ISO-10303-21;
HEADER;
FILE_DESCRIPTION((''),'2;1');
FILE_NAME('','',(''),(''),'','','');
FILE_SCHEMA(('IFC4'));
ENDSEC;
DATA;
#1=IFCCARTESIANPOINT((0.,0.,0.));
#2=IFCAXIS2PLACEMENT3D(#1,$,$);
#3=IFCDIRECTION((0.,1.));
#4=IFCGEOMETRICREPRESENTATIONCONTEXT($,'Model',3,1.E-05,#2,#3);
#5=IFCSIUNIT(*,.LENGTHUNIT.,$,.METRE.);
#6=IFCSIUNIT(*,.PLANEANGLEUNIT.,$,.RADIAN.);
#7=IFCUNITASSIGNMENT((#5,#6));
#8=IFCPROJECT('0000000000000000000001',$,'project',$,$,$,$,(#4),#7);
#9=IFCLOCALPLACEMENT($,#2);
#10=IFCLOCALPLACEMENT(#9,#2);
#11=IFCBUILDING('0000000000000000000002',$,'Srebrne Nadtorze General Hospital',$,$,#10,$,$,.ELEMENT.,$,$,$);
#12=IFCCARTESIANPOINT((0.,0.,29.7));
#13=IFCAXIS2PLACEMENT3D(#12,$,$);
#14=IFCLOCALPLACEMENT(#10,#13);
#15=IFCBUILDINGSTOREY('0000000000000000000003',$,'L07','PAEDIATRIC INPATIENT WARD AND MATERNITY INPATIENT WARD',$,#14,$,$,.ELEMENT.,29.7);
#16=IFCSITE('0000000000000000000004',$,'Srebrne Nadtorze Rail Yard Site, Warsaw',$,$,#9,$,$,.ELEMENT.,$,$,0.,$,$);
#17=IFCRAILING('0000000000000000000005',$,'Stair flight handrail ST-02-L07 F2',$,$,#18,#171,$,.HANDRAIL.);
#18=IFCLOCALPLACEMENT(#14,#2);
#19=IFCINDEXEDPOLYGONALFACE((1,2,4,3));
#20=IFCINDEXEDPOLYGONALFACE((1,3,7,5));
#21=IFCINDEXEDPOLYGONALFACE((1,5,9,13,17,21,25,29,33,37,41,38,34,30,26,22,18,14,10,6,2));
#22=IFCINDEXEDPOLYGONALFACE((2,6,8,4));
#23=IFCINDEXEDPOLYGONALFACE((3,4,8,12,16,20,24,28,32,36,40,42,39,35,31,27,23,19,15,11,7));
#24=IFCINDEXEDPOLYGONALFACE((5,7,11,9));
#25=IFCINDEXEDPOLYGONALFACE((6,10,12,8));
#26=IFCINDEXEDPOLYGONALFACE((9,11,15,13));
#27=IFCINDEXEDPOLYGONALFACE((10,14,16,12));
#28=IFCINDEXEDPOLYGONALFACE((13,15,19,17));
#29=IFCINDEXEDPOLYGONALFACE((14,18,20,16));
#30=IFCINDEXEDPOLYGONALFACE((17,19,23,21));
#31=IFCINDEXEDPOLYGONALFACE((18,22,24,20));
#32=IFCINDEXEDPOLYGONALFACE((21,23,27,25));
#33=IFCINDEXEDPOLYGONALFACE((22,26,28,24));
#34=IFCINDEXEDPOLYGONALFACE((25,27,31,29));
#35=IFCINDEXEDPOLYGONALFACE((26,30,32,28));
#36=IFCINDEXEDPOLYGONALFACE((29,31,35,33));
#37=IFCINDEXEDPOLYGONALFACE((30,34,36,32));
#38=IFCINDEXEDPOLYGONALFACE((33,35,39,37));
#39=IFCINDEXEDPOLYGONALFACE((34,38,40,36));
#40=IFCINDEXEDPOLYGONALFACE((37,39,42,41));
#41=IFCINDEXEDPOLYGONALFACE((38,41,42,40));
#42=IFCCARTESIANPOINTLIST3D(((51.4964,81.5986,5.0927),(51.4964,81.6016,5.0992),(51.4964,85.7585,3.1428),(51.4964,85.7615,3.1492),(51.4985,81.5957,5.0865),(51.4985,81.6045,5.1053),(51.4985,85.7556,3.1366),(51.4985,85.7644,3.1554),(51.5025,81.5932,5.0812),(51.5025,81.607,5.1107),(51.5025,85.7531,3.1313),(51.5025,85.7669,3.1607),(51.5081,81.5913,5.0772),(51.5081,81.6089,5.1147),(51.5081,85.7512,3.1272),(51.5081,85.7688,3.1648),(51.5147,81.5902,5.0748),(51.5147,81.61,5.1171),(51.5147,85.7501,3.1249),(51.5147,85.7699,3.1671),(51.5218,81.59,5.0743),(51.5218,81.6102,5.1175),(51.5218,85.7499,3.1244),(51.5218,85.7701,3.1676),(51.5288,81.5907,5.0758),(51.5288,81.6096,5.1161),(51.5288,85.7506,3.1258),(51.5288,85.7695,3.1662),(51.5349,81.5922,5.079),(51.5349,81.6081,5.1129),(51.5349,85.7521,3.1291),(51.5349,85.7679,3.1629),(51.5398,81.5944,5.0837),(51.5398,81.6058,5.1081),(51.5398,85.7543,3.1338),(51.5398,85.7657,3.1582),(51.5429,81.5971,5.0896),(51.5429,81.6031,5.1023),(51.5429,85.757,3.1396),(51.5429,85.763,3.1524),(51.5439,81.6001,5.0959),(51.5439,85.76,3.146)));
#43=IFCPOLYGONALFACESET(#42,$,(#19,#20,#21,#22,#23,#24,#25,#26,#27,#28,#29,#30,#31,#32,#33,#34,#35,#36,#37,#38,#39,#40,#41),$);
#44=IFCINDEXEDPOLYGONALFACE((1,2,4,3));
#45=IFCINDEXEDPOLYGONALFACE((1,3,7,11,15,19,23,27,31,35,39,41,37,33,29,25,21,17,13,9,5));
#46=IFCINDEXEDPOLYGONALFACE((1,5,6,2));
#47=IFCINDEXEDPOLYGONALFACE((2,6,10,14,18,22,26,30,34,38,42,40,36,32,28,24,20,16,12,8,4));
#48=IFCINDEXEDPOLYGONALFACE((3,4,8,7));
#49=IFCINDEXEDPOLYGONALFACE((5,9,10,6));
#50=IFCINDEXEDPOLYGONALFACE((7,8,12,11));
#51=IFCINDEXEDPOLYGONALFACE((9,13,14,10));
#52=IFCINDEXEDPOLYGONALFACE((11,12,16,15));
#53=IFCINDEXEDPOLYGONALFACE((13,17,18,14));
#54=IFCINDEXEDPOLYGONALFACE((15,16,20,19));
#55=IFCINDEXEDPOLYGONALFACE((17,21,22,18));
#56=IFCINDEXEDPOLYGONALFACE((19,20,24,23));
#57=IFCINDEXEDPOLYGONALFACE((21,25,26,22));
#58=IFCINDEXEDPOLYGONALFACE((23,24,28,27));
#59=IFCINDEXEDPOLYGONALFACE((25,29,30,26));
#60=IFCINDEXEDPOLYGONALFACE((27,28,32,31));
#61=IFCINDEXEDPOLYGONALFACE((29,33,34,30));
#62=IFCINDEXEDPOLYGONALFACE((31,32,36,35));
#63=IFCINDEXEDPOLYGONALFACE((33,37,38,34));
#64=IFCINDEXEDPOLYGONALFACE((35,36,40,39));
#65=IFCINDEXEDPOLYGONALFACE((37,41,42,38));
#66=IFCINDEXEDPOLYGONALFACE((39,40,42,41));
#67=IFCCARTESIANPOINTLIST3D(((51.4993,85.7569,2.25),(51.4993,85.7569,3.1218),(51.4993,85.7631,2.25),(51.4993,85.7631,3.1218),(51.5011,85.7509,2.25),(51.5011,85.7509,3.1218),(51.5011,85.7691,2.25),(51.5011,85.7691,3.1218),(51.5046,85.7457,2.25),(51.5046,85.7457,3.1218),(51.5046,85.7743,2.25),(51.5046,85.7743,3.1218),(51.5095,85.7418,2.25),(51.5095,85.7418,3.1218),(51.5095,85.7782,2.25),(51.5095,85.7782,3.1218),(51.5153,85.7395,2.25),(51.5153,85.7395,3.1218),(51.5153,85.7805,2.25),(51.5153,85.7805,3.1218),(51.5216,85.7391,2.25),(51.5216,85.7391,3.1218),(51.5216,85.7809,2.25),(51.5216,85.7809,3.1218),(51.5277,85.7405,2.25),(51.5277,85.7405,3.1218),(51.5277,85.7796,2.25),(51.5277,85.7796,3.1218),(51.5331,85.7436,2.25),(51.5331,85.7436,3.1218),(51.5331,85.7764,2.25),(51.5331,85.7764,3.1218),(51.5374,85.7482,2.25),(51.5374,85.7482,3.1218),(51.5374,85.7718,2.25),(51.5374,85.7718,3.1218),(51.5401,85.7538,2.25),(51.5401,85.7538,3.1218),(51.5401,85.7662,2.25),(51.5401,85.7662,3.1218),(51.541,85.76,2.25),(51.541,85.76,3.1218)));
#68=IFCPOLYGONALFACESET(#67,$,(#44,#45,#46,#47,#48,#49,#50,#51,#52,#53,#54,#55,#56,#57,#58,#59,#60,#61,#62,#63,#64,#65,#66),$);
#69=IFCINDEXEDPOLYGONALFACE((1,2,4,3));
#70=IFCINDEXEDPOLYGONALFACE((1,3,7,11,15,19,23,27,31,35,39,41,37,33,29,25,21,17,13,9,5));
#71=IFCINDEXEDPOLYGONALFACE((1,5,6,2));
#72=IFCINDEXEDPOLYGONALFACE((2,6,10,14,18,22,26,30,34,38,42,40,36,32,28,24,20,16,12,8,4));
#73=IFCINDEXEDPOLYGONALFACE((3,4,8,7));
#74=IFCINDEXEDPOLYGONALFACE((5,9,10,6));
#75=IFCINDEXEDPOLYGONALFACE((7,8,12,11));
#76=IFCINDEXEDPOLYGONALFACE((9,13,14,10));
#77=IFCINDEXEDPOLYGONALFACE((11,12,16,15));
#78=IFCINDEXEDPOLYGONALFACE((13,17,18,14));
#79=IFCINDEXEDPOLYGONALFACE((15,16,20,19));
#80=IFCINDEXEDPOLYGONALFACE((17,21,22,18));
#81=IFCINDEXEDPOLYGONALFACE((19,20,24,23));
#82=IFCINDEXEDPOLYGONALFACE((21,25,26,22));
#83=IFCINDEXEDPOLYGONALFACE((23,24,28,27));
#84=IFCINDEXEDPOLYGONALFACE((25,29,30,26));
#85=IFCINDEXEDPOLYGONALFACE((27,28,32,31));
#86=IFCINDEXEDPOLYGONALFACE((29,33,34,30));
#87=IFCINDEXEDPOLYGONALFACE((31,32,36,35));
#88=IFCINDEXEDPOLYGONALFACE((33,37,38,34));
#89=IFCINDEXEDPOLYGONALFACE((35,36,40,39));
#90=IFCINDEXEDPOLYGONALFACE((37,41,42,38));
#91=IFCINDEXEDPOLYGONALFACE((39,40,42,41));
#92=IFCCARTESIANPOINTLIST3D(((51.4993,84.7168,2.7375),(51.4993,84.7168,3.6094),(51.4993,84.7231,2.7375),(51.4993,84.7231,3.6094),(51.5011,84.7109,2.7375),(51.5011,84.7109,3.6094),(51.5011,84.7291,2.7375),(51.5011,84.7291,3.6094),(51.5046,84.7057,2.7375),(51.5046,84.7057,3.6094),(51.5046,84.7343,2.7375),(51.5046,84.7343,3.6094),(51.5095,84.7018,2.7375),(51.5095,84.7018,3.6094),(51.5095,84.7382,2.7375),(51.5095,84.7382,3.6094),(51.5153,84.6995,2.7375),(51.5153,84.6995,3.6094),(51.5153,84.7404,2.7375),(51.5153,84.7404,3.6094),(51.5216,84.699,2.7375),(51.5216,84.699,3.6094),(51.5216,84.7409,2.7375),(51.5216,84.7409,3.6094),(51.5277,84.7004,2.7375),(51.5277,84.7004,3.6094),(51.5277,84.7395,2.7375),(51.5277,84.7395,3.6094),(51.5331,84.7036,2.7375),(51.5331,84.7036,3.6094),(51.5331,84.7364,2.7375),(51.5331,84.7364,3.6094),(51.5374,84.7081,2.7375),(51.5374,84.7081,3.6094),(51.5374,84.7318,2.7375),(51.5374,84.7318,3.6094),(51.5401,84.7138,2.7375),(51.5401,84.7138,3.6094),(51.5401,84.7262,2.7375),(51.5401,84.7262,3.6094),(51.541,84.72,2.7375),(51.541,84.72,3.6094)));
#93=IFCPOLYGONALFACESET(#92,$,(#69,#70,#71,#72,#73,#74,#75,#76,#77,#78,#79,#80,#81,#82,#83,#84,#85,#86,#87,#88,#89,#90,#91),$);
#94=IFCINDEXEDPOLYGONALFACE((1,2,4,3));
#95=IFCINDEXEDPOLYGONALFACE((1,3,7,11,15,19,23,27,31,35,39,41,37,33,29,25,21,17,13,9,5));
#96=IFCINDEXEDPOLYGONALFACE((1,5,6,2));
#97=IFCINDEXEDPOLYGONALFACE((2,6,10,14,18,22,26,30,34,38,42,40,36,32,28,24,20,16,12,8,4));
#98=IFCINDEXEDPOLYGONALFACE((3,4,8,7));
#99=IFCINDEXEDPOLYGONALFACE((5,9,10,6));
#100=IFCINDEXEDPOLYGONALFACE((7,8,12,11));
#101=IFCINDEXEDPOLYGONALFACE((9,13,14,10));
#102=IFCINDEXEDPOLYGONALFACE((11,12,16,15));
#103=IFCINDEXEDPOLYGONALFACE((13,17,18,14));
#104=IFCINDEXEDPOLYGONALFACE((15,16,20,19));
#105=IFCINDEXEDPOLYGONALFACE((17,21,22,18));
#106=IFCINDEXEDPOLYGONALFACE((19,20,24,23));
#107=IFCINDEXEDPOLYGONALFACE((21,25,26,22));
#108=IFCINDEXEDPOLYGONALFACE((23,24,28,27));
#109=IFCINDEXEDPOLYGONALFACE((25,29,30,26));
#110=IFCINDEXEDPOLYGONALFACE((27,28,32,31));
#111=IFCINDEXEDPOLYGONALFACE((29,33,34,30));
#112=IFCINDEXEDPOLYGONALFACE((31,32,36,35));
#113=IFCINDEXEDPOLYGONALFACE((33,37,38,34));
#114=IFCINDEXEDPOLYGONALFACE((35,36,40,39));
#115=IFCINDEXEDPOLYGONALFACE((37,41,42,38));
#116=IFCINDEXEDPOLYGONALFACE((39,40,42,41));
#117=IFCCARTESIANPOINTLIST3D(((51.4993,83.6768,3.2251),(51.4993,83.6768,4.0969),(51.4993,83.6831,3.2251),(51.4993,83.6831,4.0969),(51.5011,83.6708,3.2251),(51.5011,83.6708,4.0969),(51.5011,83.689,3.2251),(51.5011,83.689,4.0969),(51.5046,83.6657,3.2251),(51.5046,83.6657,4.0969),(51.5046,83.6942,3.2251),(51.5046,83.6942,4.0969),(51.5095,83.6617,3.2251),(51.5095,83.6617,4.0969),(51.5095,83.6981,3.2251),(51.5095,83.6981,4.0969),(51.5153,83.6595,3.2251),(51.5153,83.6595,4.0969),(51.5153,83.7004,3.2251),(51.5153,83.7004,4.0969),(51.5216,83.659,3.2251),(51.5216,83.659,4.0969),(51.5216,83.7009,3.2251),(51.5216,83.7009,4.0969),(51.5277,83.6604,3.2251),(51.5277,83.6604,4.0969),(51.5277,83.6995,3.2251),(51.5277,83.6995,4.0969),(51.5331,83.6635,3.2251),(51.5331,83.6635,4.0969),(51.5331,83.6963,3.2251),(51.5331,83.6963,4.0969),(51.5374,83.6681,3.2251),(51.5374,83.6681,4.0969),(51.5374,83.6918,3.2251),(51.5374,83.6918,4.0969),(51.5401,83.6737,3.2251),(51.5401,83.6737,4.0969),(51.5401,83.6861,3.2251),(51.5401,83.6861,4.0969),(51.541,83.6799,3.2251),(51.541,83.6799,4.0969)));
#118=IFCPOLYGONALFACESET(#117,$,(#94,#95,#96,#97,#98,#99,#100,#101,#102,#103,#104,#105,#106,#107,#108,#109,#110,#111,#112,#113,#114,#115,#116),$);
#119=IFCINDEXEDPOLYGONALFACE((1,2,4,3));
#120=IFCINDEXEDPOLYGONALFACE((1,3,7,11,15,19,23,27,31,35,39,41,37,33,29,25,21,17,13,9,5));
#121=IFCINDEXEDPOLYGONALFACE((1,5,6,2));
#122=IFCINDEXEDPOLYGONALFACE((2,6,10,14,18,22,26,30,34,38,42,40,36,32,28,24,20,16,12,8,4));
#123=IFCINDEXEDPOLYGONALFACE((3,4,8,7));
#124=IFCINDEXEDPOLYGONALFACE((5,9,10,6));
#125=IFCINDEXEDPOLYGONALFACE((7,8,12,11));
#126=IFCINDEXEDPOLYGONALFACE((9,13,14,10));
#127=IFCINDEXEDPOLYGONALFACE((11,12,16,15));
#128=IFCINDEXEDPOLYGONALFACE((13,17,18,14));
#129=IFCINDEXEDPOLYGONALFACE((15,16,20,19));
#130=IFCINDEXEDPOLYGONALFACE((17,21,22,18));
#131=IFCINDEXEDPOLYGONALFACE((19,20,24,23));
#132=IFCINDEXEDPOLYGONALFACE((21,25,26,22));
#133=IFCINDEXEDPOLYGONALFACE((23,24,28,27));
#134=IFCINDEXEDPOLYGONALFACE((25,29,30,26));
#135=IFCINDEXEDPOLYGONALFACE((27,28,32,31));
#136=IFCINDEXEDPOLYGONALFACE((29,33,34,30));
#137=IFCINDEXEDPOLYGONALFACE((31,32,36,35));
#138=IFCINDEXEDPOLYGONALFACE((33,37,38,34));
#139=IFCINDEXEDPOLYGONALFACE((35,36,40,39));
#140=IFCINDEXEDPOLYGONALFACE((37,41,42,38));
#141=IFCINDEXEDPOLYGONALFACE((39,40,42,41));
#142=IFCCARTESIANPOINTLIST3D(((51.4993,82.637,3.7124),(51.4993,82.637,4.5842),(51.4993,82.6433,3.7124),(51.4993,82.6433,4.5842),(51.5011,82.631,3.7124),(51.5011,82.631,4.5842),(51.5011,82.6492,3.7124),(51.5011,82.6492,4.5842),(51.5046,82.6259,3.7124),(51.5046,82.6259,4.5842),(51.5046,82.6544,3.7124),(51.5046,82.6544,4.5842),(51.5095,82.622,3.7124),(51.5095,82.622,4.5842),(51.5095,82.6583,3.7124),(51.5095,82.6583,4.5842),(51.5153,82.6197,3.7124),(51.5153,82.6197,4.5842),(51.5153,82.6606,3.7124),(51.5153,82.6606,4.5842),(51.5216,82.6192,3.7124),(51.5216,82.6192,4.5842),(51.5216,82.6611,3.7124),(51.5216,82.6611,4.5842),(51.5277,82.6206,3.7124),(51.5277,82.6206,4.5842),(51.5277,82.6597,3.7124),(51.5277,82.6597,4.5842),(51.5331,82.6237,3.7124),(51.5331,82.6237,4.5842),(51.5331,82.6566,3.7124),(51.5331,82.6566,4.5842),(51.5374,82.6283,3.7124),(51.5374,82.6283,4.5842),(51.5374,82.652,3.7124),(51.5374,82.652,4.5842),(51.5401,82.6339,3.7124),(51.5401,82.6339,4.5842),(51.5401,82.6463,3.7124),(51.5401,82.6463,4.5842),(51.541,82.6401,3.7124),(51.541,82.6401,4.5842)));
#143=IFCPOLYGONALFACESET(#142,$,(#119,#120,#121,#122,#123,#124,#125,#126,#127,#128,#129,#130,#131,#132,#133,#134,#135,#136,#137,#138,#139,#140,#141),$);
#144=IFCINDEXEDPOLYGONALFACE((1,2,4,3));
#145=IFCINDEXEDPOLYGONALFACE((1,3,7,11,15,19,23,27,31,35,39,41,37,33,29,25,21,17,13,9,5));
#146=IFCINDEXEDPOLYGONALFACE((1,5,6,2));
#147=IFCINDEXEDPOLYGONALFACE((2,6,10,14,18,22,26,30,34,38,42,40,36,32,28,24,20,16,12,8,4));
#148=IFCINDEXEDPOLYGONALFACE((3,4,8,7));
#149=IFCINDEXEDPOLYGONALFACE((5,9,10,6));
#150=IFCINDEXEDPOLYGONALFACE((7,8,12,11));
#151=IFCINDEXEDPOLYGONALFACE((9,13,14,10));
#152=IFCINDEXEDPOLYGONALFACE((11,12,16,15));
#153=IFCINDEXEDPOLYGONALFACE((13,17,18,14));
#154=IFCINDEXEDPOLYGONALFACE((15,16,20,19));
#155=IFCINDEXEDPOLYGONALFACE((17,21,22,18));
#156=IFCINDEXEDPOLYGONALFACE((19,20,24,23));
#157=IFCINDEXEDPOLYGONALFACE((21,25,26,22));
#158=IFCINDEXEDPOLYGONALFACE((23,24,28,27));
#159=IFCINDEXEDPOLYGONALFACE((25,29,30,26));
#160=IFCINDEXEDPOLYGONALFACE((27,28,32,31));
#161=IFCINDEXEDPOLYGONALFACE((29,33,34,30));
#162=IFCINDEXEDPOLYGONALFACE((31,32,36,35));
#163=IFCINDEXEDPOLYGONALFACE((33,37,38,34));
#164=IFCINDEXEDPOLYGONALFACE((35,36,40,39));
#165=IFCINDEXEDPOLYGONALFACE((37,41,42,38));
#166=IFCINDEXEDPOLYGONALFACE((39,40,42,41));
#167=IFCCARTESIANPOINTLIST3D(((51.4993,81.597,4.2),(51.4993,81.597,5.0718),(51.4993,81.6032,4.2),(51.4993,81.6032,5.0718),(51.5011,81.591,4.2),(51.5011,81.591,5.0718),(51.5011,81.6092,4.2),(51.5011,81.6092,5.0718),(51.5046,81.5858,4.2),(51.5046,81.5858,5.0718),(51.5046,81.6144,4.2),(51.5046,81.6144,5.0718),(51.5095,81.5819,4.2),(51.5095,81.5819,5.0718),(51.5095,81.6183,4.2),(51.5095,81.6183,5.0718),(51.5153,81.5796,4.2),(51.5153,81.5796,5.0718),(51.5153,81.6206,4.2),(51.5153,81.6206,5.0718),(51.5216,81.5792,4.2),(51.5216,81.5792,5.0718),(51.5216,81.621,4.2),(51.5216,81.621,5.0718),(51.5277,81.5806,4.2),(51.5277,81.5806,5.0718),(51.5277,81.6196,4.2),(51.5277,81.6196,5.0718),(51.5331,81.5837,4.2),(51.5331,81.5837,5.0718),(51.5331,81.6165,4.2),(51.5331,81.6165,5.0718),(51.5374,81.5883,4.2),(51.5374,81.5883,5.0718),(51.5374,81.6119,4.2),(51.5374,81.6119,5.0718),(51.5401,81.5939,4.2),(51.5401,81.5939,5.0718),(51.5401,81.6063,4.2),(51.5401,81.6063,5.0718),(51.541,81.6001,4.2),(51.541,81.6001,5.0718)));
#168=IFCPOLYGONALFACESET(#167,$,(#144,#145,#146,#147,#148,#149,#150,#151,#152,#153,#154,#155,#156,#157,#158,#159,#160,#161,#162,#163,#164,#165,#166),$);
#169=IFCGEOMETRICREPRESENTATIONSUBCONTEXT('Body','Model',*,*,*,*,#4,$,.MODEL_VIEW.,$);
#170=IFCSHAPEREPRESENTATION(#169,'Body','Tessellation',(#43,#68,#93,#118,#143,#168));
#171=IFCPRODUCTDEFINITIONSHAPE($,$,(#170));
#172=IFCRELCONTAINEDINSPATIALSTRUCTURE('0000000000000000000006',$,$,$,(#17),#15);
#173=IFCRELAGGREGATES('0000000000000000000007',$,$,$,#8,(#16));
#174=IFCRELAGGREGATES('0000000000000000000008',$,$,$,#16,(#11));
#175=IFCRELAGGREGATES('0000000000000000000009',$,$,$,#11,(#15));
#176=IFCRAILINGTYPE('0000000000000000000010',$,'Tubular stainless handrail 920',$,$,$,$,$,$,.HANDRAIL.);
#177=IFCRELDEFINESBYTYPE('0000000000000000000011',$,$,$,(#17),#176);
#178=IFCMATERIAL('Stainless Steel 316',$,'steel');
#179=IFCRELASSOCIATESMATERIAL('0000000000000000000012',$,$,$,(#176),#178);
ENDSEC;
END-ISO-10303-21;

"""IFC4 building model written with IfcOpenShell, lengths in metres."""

from ifc_helpers import new_model, si_unit, direction, frame, origin, origin_2d, place, context, subcontext, project, spatial, circle, extrude, material, type_object, element, save


model = new_model("IFC4")

# Units and contexts
model_context = context("Model", 3, precision=1e-05, world=origin(), true_north=direction((0.0, 1.0)))
body_context = subcontext(model_context, "Body", "Model", "MODEL_VIEW")
ifc_project = project(units=[si_unit("LENGTHUNIT", "METRE"), si_unit("PLANEANGLEUNIT", "RADIAN")], contexts=[model_context])

# Site, building, storey
site_placement = place(None, origin())
site = spatial("IfcSite", under=ifc_project, at=site_placement, Name="Srebrne Nadtorze Rail Yard Site, Warsaw", CompositionType="ELEMENT", RefElevation=0.0)
building_placement = place(site_placement, origin())
building = spatial("IfcBuilding", under=site, at=building_placement, Name="Srebrne Nadtorze General Hospital", CompositionType="ELEMENT")
storey_placement = place(building_placement, frame((0.0, 0.0, 29.7)))
storey = spatial("IfcBuildingStorey", under=building, at=storey_placement, Name="L07", Description="PAEDIATRIC INPATIENT WARD AND MATERNITY INPATIENT WARD", CompositionType="ELEMENT", Elevation=29.7)

# Railing
ifc_material_1 = material(Name="Stainless Steel 316", Category="steel")
railing_type_1 = type_object("IfcRailingType", Name="Tubular stainless handrail 920", PredefinedType="HANDRAIL", material=ifc_material_1)
railing_1_placement = place(storey_placement, frame((51.52, 85.76, 2.25)))
element("IfcRailing", 1, at=railing_1_placement, inside=storey, type_object=railing_type_1, Name="Stair flight handrail ST-02-L07 F2", PredefinedType="HANDRAIL", context=body_context, shape_type="SweptSolid", body=[
    extrude(circle(Radius=0.0239, at=origin_2d()), frame((0.0, 0.0, 0.896), z_axis=(0.0, -0.90546, 0.424433), x_axis=(1.0, 0.0, 0.0)), (0.0, 0.0, 1.0), 4.5942),
    extrude(circle(Radius=0.021, at=origin_2d()), origin(), (0.0, 0.0, 1.0), 0.8718),
    extrude(circle(Radius=0.021, at=origin_2d()), frame((0.0, -1.04, 0.4875)), (0.0, 0.0, 1.0), 0.8718),
    extrude(circle(Radius=0.021, at=origin_2d()), frame((0.0, -2.0801, 0.9751)), (0.0, 0.0, 1.0), 0.8718),
    extrude(circle(Radius=0.021, at=origin_2d()), frame((0.0, -3.1199, 1.4624)), (0.0, 0.0, 1.0), 0.8718),
    extrude(circle(Radius=0.021, at=origin_2d()), frame((0.0, -4.1599, 1.95)), (0.0, 0.0, 1.0), 0.8718),
])

save(model, "model.ifc")
